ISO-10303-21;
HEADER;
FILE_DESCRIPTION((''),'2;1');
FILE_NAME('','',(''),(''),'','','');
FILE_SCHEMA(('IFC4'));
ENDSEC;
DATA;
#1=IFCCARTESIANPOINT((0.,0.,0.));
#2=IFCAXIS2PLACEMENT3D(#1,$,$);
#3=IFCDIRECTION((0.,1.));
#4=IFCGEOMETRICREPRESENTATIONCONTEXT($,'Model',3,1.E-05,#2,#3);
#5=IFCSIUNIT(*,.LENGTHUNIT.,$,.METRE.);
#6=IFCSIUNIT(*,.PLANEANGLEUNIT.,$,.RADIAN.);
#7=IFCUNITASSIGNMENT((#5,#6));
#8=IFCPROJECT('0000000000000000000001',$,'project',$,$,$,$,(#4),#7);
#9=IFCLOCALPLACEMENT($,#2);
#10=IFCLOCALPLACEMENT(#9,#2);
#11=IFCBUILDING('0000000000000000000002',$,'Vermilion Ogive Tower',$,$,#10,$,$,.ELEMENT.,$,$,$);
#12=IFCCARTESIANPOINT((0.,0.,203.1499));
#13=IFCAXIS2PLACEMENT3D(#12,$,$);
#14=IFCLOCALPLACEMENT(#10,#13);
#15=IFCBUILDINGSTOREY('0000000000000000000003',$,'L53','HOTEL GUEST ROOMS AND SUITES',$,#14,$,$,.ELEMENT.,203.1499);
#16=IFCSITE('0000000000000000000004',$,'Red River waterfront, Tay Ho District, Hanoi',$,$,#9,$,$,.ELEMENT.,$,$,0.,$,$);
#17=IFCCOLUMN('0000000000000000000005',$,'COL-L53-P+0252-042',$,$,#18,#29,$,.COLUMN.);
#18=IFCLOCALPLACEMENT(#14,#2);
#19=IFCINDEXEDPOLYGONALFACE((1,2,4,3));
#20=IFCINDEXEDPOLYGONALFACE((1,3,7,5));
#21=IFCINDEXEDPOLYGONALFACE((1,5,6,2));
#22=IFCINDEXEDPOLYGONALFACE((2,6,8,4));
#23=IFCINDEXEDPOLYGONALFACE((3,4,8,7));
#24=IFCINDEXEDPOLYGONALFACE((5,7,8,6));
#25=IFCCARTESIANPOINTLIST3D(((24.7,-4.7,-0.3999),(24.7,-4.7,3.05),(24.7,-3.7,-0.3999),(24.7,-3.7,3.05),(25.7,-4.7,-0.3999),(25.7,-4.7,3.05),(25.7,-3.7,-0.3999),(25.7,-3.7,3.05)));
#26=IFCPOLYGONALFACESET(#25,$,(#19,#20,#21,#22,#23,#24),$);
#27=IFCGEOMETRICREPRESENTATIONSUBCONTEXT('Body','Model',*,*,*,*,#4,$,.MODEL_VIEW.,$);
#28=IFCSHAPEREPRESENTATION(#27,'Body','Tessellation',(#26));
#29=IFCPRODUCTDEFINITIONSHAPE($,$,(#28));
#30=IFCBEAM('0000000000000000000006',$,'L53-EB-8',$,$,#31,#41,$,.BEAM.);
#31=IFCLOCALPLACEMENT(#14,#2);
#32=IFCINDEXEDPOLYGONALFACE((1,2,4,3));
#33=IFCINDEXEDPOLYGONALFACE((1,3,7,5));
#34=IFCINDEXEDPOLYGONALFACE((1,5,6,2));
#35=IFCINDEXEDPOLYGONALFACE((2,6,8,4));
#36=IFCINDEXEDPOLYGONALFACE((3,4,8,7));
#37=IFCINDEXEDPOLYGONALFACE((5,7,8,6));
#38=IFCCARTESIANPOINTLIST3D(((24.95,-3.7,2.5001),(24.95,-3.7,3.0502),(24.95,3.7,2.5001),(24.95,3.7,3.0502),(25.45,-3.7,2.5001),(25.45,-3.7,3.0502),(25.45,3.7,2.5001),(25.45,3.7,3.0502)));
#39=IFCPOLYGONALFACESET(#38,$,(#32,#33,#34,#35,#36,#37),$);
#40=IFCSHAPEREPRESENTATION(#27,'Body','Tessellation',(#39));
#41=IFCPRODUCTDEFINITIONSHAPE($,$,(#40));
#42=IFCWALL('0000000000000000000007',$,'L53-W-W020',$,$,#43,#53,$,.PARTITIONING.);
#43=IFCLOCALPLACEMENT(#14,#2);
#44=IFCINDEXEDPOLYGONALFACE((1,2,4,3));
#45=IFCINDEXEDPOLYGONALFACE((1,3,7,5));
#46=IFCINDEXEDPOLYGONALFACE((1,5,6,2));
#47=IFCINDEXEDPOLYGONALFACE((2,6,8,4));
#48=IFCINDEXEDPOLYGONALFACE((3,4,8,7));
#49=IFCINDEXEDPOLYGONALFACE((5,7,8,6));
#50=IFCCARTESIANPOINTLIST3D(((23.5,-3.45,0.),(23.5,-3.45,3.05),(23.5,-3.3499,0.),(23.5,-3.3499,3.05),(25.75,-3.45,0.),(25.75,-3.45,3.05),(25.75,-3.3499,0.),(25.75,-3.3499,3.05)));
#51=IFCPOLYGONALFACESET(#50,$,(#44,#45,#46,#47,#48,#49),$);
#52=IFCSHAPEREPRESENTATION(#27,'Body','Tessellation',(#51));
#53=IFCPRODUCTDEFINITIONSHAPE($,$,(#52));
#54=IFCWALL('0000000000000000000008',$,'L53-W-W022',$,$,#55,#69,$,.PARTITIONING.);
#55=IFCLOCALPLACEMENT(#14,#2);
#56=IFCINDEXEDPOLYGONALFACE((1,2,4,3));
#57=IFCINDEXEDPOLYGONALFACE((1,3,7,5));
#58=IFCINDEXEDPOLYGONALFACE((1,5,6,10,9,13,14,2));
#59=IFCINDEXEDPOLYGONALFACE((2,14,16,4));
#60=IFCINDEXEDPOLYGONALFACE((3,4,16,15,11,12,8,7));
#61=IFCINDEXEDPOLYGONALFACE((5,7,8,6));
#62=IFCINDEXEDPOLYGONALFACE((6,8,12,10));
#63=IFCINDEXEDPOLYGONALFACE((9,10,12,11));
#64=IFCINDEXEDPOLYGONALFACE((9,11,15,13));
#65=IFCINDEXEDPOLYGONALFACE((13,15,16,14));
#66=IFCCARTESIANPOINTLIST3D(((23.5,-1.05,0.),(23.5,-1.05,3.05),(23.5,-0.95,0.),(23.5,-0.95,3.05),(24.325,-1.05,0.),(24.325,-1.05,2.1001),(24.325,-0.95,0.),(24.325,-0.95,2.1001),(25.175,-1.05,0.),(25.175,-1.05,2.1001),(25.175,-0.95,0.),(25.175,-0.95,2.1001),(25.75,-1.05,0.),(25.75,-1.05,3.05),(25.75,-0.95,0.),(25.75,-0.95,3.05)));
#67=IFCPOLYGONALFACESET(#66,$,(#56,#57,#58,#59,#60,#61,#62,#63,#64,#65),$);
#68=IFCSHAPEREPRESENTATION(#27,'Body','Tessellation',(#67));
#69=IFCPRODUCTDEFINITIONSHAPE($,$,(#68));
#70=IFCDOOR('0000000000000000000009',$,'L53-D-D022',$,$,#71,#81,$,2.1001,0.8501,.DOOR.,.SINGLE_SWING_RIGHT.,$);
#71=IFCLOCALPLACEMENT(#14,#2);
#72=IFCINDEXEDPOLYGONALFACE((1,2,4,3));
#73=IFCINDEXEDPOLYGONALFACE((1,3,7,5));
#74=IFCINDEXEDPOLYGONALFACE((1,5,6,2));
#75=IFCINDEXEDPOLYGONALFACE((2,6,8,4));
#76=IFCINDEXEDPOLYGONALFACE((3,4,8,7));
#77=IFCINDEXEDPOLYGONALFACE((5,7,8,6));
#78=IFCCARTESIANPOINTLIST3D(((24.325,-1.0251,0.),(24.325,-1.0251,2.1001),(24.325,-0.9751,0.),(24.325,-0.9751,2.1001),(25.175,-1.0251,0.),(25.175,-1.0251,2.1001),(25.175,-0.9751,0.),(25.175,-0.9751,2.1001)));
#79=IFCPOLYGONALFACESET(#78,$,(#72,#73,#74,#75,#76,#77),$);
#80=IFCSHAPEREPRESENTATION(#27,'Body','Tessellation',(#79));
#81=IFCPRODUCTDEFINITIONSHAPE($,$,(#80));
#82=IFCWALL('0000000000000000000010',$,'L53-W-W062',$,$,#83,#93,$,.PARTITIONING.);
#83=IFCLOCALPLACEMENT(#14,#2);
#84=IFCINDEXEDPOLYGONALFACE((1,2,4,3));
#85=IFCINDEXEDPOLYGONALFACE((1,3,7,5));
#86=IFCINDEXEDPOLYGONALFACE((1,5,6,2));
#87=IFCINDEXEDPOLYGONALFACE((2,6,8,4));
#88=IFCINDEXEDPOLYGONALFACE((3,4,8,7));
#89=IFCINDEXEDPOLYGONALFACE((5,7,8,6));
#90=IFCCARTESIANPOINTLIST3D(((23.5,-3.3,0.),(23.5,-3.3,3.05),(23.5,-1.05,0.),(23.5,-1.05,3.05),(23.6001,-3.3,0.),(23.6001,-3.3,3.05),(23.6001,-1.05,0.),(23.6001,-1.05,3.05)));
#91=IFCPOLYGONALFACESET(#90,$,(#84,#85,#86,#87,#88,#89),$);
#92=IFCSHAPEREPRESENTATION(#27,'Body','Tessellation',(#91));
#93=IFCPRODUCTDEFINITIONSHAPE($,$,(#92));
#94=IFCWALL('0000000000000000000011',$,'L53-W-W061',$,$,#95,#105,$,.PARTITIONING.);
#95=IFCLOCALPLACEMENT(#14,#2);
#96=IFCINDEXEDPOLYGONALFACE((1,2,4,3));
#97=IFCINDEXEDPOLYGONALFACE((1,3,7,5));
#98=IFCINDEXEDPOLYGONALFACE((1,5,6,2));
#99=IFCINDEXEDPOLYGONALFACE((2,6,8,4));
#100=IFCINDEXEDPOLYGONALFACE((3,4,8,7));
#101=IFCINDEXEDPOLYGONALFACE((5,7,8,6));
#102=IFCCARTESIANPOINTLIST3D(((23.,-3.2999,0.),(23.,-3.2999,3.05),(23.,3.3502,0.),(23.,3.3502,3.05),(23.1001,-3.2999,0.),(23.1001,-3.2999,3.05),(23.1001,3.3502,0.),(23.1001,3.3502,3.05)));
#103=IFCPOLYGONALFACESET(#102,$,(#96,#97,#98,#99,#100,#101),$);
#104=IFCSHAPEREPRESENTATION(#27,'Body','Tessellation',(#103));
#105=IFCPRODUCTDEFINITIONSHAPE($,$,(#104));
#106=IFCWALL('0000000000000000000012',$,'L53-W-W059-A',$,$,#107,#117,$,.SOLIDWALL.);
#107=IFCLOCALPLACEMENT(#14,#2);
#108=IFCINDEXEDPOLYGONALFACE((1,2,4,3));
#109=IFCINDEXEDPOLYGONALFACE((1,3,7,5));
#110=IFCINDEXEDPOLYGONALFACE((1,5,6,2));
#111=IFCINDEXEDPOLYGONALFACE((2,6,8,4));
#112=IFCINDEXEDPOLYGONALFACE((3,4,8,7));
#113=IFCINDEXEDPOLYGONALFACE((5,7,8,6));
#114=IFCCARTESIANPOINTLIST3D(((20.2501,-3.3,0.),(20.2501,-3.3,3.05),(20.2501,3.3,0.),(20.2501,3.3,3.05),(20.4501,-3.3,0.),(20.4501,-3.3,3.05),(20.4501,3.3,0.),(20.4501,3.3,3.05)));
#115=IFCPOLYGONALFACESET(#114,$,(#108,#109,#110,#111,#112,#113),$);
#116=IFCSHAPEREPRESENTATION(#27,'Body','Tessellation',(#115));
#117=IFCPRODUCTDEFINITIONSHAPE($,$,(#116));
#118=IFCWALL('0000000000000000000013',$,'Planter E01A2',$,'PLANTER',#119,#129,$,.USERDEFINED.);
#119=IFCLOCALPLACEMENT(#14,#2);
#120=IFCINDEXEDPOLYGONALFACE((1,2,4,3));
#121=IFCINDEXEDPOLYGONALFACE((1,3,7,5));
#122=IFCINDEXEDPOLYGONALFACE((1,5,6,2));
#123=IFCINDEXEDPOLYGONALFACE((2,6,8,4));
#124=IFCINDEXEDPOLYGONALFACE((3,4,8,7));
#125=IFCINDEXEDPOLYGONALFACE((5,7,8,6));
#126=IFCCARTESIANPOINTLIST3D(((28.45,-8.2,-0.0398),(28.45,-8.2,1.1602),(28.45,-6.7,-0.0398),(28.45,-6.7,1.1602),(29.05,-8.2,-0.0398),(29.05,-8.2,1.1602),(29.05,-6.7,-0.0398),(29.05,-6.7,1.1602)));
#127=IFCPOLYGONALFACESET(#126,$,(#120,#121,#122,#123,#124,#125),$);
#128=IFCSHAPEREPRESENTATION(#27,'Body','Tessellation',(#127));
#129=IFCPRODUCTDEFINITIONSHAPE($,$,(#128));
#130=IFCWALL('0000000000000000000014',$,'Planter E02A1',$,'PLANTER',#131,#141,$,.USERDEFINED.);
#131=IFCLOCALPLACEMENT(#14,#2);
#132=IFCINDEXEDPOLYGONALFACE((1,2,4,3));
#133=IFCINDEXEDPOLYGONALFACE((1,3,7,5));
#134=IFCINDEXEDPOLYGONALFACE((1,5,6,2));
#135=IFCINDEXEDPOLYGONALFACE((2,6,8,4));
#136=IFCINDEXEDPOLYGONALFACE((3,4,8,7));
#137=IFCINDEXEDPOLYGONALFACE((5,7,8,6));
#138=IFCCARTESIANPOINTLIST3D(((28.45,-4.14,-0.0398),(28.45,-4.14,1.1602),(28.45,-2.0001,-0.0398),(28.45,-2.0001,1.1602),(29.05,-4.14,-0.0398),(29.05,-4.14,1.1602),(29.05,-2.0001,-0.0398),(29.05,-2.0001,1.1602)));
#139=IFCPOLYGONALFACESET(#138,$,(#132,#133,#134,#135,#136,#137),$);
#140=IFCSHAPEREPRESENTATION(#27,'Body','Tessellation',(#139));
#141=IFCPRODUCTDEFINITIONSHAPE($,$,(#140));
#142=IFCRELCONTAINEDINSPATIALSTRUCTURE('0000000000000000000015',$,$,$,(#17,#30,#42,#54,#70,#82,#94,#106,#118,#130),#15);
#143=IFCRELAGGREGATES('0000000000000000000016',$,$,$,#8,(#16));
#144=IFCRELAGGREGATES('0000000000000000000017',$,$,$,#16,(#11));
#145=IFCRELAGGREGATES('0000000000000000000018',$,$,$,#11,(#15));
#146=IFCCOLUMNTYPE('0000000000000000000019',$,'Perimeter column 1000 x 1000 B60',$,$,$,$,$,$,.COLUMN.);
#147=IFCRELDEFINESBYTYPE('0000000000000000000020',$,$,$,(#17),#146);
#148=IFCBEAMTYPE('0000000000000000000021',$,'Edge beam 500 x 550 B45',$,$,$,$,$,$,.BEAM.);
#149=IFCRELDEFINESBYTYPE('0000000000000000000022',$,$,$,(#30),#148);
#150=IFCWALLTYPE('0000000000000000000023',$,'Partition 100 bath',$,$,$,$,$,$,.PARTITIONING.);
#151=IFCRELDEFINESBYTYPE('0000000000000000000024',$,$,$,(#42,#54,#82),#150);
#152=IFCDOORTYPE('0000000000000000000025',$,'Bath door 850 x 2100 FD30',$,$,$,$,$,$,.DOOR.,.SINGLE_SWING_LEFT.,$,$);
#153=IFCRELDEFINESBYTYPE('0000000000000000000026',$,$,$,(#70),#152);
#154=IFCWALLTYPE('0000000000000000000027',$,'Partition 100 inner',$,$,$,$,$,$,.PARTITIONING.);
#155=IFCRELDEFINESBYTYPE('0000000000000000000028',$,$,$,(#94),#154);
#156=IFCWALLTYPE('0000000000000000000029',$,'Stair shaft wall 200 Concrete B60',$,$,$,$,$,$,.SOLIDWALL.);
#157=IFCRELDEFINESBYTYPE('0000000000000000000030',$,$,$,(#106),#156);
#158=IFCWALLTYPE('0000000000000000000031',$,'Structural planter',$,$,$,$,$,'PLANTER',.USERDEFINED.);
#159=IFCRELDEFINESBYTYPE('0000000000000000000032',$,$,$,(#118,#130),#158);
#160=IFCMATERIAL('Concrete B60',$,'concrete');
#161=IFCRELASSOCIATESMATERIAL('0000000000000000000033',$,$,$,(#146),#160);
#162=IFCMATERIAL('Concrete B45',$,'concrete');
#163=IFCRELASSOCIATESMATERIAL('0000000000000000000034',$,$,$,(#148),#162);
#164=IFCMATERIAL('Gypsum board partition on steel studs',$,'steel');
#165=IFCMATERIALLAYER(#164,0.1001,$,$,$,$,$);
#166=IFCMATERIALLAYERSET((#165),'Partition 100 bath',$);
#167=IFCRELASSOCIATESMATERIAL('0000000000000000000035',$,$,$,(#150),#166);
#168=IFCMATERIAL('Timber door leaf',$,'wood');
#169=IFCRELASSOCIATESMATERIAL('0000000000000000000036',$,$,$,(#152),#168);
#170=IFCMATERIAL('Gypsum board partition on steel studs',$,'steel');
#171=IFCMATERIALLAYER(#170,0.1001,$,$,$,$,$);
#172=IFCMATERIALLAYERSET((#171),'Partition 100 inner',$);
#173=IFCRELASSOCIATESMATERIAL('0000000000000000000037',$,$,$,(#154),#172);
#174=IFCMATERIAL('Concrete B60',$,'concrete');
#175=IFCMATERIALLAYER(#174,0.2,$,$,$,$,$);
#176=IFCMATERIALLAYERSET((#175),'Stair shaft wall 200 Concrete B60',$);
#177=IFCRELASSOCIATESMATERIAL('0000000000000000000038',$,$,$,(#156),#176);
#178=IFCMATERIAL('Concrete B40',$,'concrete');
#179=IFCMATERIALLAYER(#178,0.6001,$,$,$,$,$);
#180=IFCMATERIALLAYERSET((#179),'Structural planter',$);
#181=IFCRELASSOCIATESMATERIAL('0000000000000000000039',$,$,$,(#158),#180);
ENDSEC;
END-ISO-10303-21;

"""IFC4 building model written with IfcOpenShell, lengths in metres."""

from ifc_helpers import new_model, si_unit, direction, frame, frame_2d, origin, origin_2d, place, context, subcontext, project, spatial, rectangle, extrude, material, layer, layer_set, material_profile, profile_set, type_object, element, fill, save


model = new_model("IFC4")

# Units and contexts
model_context = context("Model", 3, precision=1e-05, world=origin(), true_north=direction((0.0, 1.0)))
body_context = subcontext(model_context, "Body", "Model", "MODEL_VIEW")
ifc_project = project(units=[si_unit("LENGTHUNIT", "METRE"), si_unit("PLANEANGLEUNIT", "RADIAN")], contexts=[model_context])

# Site, building, storey
site_placement = place(None, origin())
site = spatial("IfcSite", under=ifc_project, at=site_placement, Name="Red River waterfront, Tay Ho District, Hanoi", CompositionType="ELEMENT", RefElevation=0.0)
building_placement = place(site_placement, origin())
building = spatial("IfcBuilding", under=site, at=building_placement, Name="Vermilion Ogive Tower", CompositionType="ELEMENT")
storey_placement = place(building_placement, frame((0.0, 0.0, 203.1499)))
storey = spatial("IfcBuildingStorey", under=building, at=storey_placement, Name="L53", Description="HOTEL GUEST ROOMS AND SUITES", CompositionType="ELEMENT", Elevation=203.1499)

# Column
ifc_material_1 = material(Name="Concrete B60", Category="concrete")
ifc_material_profile_1 = material_profile(ifc_material_1, rectangle(XDim=1.0, YDim=1.0, at=origin_2d()), Name="1000 x 1000")
ifc_profile_set_1 = profile_set([ifc_material_profile_1], Name="Concrete B60")
column_type = type_object("IfcColumnType", Name="Perimeter column 1000 x 1000 B60", PredefinedType="COLUMN", material=ifc_profile_set_1)
column_placement = place(storey_placement, frame((25.2, -4.2, -0.3999), z_axis=(0.0, 0.0, 1.0), x_axis=(1.0, 0.0, 0.0)))
element("IfcColumn", 1, at=column_placement, inside=storey, type_object=column_type, Name="COL-L53-P+0252-042", PredefinedType="COLUMN", context=body_context, shape_type="SweptSolid", body=[
    extrude(rectangle(XDim=1.0, YDim=1.0, at=origin_2d()), origin(), (0.0, 0.0, 1.0), 3.45),
])

# Beam
ifc_material_2 = material(Name="Concrete B45", Category="concrete")
ifc_material_profile_2 = material_profile(ifc_material_2, rectangle(XDim=0.5, YDim=0.55, at=origin_2d()), Name="500 x 550")
ifc_profile_set_2 = profile_set([ifc_material_profile_2], Name="Concrete B45")
beam_type = type_object("IfcBeamType", Name="Edge beam 500 x 550 B45", PredefinedType="BEAM", material=ifc_profile_set_2)
beam_placement = place(storey_placement, frame((25.2, -3.7, 2.7751), z_axis=(0.0, 1.0, 0.0), x_axis=(-1.0, 0.0, 0.0)))
element("IfcBeam", 2, at=beam_placement, inside=storey, type_object=beam_type, Name="L53-EB-8", PredefinedType="BEAM", context=body_context, shape_type="SweptSolid", body=[
    extrude(rectangle(XDim=0.5, YDim=0.55, at=origin_2d()), origin(), (0.0, 0.0, 1.0), 7.3999),
])

# Wall
ifc_material_3 = material(Name="Gypsum board partition on steel studs", Category="steel")
ifc_layer_1 = layer(ifc_material_3, 0.1001)
ifc_layer_set_1 = layer_set([ifc_layer_1], Name="Partition 100 bath")
wall_type_1 = type_object("IfcWallType", Name="Partition 100 bath", PredefinedType="PARTITIONING", material=ifc_layer_set_1)
wall_1_placement = place(storey_placement, frame((23.5, -3.3999, 0.0), z_axis=(0.0, 0.0, 1.0), x_axis=(1.0, 0.0, 0.0)))
element("IfcWall", 3, at=wall_1_placement, inside=storey, type_object=wall_type_1, Name="L53-W-W020", PredefinedType="PARTITIONING", context=body_context, shape_type="SweptSolid", body=[
    extrude(rectangle(XDim=2.25, YDim=0.1001, at=frame_2d((1.125, 0.0))), origin(), (0.0, 0.0, 1.0), 3.05),
])

# Wall, opening, door
wall_2_placement = place(storey_placement, frame((23.5, -1.0, 0.0), z_axis=(0.0, 0.0, 1.0), x_axis=(1.0, 0.0, 0.0)))
wall_2 = element("IfcWall", 4, at=wall_2_placement, inside=storey, type_object=wall_type_1, Name="L53-W-W022", PredefinedType="PARTITIONING", context=body_context, shape_type="SweptSolid", body=[
    extrude(rectangle(XDim=2.25, YDim=0.1001, at=frame_2d((1.125, 0.0))), origin(), (0.0, 0.0, 1.0), 3.05),
])
opening_1_placement = place(wall_2_placement, frame((0.825, 0.0, 0.0)))
opening_1 = element("IfcOpeningElement", 5, at=opening_1_placement, cuts=wall_2, PredefinedType="OPENING", context=body_context, shape_type="SweptSolid", body=[
    extrude(rectangle(XDim=0.8501, YDim=2.1001, at=frame_2d((0.425, 1.05))), frame((0.0, 0.0601, 0.0), z_axis=(0.0, -1.0, 0.0), x_axis=(1.0, 0.0, 0.0)), (0.0, 0.0, 1.0), 0.1201),
])
ifc_material_4 = material(Name="Timber door leaf", Category="wood")
door_type_1 = type_object("IfcDoorType", Name="Bath door 850 x 2100 FD30", OperationType="SINGLE_SWING_LEFT", PredefinedType="DOOR", material=ifc_material_4)
door_1_placement = place(opening_1_placement, origin())
door_1 = element("IfcDoor", 6, at=door_1_placement, inside=storey, type_object=door_type_1, Name="L53-D-D022", OperationType="SINGLE_SWING_RIGHT", OverallHeight=2.1001, OverallWidth=0.8501, PredefinedType="DOOR", context=body_context, shape_type="SweptSolid", body=[
    extrude(rectangle(XDim=0.8501, YDim=2.1001, at=frame_2d((0.425, 1.05))), frame((0.0, 0.0249, 0.0), z_axis=(0.0, -1.0, 0.0), x_axis=(1.0, 0.0, 0.0)), (0.0, 0.0, 1.0), 0.05),
])
fill(opening_1, door_1)

# Walls
wall_3_placement = place(storey_placement, frame((23.55, -3.3, 0.0), z_axis=(0.0, 0.0, 1.0), x_axis=(0.0, 1.0, 0.0)))
element("IfcWall", 7, at=wall_3_placement, inside=storey, type_object=wall_type_1, Name="L53-W-W062", PredefinedType="PARTITIONING", context=body_context, shape_type="SweptSolid", body=[
    extrude(rectangle(XDim=2.25, YDim=0.1001, at=frame_2d((1.125, 0.0))), origin(), (0.0, 0.0, 1.0), 3.05),
])
ifc_material_5 = material(Name="Gypsum board partition on steel studs", Category="steel")
ifc_layer_2 = layer(ifc_material_5, 0.1001)
ifc_layer_set_2 = layer_set([ifc_layer_2], Name="Partition 100 inner")
wall_type_2 = type_object("IfcWallType", Name="Partition 100 inner", PredefinedType="PARTITIONING", material=ifc_layer_set_2)
wall_4_placement = place(storey_placement, frame((23.05, -3.3, 0.0), z_axis=(0.0, 0.0, 1.0), x_axis=(0.0, 1.0, 0.0)))
element("IfcWall", 8, at=wall_4_placement, inside=storey, type_object=wall_type_2, Name="L53-W-W061", PredefinedType="PARTITIONING", context=body_context, shape_type="SweptSolid", body=[
    extrude(rectangle(XDim=6.6501, YDim=0.1001, at=frame_2d((3.3252, 0.0))), origin(), (0.0, 0.0, 1.0), 3.05),
])
ifc_material_6 = material(Name="Concrete B60", Category="concrete")
ifc_layer_3 = layer(ifc_material_6, 0.2)
ifc_layer_set_3 = layer_set([ifc_layer_3], Name="Stair shaft wall 200 Concrete B60")
wall_type_3 = type_object("IfcWallType", Name="Stair shaft wall 200 Concrete B60", PredefinedType="SOLIDWALL", material=ifc_layer_set_3)
wall_5_placement = place(storey_placement, frame((20.3501, -3.3, 0.0), z_axis=(0.0, 0.0, 1.0), x_axis=(0.0, 1.0, 0.0)))
element("IfcWall", 9, at=wall_5_placement, inside=storey, type_object=wall_type_3, Name="L53-W-W059-A", PredefinedType="SOLIDWALL", context=body_context, shape_type="SweptSolid", body=[
    extrude(rectangle(XDim=6.6001, YDim=0.2, at=frame_2d((3.3, 0.0))), origin(), (0.0, 0.0, 1.0), 3.05),
])
ifc_material_7 = material(Name="Concrete B40", Category="concrete")
ifc_layer_4 = layer(ifc_material_7, 0.6001)
ifc_layer_set_4 = layer_set([ifc_layer_4], Name="Structural planter")
wall_type_4 = type_object("IfcWallType", Name="Structural planter", ElementType="PLANTER", PredefinedType="USERDEFINED", material=ifc_layer_set_4)
wall_6_placement = place(storey_placement, frame((28.75, -8.2, -0.0398), z_axis=(0.0, 0.0, 1.0), x_axis=(0.0, 1.0, 0.0)))
element("IfcWall", 10, at=wall_6_placement, inside=storey, type_object=wall_type_4, Name="Planter E01A2", ObjectType="PLANTER", PredefinedType="USERDEFINED", context=body_context, shape_type="SweptSolid", body=[
    extrude(rectangle(XDim=1.5, YDim=0.6001, at=frame_2d((0.75, 0.0))), origin(), (0.0, 0.0, 1.0), 1.2),
])
wall_7_placement = place(storey_placement, frame((28.75, -4.1399, -0.0398), z_axis=(0.0, 0.0, 1.0), x_axis=(0.0, 1.0, 0.0)))
element("IfcWall", 11, at=wall_7_placement, inside=storey, type_object=wall_type_4, Name="Planter E02A1", ObjectType="PLANTER", PredefinedType="USERDEFINED", context=body_context, shape_type="SweptSolid", body=[
    extrude(rectangle(XDim=2.1399, YDim=0.6001, at=frame_2d((1.0698, 0.0))), origin(), (0.0, 0.0, 1.0), 1.2),
])

save(model, "model.ifc")
